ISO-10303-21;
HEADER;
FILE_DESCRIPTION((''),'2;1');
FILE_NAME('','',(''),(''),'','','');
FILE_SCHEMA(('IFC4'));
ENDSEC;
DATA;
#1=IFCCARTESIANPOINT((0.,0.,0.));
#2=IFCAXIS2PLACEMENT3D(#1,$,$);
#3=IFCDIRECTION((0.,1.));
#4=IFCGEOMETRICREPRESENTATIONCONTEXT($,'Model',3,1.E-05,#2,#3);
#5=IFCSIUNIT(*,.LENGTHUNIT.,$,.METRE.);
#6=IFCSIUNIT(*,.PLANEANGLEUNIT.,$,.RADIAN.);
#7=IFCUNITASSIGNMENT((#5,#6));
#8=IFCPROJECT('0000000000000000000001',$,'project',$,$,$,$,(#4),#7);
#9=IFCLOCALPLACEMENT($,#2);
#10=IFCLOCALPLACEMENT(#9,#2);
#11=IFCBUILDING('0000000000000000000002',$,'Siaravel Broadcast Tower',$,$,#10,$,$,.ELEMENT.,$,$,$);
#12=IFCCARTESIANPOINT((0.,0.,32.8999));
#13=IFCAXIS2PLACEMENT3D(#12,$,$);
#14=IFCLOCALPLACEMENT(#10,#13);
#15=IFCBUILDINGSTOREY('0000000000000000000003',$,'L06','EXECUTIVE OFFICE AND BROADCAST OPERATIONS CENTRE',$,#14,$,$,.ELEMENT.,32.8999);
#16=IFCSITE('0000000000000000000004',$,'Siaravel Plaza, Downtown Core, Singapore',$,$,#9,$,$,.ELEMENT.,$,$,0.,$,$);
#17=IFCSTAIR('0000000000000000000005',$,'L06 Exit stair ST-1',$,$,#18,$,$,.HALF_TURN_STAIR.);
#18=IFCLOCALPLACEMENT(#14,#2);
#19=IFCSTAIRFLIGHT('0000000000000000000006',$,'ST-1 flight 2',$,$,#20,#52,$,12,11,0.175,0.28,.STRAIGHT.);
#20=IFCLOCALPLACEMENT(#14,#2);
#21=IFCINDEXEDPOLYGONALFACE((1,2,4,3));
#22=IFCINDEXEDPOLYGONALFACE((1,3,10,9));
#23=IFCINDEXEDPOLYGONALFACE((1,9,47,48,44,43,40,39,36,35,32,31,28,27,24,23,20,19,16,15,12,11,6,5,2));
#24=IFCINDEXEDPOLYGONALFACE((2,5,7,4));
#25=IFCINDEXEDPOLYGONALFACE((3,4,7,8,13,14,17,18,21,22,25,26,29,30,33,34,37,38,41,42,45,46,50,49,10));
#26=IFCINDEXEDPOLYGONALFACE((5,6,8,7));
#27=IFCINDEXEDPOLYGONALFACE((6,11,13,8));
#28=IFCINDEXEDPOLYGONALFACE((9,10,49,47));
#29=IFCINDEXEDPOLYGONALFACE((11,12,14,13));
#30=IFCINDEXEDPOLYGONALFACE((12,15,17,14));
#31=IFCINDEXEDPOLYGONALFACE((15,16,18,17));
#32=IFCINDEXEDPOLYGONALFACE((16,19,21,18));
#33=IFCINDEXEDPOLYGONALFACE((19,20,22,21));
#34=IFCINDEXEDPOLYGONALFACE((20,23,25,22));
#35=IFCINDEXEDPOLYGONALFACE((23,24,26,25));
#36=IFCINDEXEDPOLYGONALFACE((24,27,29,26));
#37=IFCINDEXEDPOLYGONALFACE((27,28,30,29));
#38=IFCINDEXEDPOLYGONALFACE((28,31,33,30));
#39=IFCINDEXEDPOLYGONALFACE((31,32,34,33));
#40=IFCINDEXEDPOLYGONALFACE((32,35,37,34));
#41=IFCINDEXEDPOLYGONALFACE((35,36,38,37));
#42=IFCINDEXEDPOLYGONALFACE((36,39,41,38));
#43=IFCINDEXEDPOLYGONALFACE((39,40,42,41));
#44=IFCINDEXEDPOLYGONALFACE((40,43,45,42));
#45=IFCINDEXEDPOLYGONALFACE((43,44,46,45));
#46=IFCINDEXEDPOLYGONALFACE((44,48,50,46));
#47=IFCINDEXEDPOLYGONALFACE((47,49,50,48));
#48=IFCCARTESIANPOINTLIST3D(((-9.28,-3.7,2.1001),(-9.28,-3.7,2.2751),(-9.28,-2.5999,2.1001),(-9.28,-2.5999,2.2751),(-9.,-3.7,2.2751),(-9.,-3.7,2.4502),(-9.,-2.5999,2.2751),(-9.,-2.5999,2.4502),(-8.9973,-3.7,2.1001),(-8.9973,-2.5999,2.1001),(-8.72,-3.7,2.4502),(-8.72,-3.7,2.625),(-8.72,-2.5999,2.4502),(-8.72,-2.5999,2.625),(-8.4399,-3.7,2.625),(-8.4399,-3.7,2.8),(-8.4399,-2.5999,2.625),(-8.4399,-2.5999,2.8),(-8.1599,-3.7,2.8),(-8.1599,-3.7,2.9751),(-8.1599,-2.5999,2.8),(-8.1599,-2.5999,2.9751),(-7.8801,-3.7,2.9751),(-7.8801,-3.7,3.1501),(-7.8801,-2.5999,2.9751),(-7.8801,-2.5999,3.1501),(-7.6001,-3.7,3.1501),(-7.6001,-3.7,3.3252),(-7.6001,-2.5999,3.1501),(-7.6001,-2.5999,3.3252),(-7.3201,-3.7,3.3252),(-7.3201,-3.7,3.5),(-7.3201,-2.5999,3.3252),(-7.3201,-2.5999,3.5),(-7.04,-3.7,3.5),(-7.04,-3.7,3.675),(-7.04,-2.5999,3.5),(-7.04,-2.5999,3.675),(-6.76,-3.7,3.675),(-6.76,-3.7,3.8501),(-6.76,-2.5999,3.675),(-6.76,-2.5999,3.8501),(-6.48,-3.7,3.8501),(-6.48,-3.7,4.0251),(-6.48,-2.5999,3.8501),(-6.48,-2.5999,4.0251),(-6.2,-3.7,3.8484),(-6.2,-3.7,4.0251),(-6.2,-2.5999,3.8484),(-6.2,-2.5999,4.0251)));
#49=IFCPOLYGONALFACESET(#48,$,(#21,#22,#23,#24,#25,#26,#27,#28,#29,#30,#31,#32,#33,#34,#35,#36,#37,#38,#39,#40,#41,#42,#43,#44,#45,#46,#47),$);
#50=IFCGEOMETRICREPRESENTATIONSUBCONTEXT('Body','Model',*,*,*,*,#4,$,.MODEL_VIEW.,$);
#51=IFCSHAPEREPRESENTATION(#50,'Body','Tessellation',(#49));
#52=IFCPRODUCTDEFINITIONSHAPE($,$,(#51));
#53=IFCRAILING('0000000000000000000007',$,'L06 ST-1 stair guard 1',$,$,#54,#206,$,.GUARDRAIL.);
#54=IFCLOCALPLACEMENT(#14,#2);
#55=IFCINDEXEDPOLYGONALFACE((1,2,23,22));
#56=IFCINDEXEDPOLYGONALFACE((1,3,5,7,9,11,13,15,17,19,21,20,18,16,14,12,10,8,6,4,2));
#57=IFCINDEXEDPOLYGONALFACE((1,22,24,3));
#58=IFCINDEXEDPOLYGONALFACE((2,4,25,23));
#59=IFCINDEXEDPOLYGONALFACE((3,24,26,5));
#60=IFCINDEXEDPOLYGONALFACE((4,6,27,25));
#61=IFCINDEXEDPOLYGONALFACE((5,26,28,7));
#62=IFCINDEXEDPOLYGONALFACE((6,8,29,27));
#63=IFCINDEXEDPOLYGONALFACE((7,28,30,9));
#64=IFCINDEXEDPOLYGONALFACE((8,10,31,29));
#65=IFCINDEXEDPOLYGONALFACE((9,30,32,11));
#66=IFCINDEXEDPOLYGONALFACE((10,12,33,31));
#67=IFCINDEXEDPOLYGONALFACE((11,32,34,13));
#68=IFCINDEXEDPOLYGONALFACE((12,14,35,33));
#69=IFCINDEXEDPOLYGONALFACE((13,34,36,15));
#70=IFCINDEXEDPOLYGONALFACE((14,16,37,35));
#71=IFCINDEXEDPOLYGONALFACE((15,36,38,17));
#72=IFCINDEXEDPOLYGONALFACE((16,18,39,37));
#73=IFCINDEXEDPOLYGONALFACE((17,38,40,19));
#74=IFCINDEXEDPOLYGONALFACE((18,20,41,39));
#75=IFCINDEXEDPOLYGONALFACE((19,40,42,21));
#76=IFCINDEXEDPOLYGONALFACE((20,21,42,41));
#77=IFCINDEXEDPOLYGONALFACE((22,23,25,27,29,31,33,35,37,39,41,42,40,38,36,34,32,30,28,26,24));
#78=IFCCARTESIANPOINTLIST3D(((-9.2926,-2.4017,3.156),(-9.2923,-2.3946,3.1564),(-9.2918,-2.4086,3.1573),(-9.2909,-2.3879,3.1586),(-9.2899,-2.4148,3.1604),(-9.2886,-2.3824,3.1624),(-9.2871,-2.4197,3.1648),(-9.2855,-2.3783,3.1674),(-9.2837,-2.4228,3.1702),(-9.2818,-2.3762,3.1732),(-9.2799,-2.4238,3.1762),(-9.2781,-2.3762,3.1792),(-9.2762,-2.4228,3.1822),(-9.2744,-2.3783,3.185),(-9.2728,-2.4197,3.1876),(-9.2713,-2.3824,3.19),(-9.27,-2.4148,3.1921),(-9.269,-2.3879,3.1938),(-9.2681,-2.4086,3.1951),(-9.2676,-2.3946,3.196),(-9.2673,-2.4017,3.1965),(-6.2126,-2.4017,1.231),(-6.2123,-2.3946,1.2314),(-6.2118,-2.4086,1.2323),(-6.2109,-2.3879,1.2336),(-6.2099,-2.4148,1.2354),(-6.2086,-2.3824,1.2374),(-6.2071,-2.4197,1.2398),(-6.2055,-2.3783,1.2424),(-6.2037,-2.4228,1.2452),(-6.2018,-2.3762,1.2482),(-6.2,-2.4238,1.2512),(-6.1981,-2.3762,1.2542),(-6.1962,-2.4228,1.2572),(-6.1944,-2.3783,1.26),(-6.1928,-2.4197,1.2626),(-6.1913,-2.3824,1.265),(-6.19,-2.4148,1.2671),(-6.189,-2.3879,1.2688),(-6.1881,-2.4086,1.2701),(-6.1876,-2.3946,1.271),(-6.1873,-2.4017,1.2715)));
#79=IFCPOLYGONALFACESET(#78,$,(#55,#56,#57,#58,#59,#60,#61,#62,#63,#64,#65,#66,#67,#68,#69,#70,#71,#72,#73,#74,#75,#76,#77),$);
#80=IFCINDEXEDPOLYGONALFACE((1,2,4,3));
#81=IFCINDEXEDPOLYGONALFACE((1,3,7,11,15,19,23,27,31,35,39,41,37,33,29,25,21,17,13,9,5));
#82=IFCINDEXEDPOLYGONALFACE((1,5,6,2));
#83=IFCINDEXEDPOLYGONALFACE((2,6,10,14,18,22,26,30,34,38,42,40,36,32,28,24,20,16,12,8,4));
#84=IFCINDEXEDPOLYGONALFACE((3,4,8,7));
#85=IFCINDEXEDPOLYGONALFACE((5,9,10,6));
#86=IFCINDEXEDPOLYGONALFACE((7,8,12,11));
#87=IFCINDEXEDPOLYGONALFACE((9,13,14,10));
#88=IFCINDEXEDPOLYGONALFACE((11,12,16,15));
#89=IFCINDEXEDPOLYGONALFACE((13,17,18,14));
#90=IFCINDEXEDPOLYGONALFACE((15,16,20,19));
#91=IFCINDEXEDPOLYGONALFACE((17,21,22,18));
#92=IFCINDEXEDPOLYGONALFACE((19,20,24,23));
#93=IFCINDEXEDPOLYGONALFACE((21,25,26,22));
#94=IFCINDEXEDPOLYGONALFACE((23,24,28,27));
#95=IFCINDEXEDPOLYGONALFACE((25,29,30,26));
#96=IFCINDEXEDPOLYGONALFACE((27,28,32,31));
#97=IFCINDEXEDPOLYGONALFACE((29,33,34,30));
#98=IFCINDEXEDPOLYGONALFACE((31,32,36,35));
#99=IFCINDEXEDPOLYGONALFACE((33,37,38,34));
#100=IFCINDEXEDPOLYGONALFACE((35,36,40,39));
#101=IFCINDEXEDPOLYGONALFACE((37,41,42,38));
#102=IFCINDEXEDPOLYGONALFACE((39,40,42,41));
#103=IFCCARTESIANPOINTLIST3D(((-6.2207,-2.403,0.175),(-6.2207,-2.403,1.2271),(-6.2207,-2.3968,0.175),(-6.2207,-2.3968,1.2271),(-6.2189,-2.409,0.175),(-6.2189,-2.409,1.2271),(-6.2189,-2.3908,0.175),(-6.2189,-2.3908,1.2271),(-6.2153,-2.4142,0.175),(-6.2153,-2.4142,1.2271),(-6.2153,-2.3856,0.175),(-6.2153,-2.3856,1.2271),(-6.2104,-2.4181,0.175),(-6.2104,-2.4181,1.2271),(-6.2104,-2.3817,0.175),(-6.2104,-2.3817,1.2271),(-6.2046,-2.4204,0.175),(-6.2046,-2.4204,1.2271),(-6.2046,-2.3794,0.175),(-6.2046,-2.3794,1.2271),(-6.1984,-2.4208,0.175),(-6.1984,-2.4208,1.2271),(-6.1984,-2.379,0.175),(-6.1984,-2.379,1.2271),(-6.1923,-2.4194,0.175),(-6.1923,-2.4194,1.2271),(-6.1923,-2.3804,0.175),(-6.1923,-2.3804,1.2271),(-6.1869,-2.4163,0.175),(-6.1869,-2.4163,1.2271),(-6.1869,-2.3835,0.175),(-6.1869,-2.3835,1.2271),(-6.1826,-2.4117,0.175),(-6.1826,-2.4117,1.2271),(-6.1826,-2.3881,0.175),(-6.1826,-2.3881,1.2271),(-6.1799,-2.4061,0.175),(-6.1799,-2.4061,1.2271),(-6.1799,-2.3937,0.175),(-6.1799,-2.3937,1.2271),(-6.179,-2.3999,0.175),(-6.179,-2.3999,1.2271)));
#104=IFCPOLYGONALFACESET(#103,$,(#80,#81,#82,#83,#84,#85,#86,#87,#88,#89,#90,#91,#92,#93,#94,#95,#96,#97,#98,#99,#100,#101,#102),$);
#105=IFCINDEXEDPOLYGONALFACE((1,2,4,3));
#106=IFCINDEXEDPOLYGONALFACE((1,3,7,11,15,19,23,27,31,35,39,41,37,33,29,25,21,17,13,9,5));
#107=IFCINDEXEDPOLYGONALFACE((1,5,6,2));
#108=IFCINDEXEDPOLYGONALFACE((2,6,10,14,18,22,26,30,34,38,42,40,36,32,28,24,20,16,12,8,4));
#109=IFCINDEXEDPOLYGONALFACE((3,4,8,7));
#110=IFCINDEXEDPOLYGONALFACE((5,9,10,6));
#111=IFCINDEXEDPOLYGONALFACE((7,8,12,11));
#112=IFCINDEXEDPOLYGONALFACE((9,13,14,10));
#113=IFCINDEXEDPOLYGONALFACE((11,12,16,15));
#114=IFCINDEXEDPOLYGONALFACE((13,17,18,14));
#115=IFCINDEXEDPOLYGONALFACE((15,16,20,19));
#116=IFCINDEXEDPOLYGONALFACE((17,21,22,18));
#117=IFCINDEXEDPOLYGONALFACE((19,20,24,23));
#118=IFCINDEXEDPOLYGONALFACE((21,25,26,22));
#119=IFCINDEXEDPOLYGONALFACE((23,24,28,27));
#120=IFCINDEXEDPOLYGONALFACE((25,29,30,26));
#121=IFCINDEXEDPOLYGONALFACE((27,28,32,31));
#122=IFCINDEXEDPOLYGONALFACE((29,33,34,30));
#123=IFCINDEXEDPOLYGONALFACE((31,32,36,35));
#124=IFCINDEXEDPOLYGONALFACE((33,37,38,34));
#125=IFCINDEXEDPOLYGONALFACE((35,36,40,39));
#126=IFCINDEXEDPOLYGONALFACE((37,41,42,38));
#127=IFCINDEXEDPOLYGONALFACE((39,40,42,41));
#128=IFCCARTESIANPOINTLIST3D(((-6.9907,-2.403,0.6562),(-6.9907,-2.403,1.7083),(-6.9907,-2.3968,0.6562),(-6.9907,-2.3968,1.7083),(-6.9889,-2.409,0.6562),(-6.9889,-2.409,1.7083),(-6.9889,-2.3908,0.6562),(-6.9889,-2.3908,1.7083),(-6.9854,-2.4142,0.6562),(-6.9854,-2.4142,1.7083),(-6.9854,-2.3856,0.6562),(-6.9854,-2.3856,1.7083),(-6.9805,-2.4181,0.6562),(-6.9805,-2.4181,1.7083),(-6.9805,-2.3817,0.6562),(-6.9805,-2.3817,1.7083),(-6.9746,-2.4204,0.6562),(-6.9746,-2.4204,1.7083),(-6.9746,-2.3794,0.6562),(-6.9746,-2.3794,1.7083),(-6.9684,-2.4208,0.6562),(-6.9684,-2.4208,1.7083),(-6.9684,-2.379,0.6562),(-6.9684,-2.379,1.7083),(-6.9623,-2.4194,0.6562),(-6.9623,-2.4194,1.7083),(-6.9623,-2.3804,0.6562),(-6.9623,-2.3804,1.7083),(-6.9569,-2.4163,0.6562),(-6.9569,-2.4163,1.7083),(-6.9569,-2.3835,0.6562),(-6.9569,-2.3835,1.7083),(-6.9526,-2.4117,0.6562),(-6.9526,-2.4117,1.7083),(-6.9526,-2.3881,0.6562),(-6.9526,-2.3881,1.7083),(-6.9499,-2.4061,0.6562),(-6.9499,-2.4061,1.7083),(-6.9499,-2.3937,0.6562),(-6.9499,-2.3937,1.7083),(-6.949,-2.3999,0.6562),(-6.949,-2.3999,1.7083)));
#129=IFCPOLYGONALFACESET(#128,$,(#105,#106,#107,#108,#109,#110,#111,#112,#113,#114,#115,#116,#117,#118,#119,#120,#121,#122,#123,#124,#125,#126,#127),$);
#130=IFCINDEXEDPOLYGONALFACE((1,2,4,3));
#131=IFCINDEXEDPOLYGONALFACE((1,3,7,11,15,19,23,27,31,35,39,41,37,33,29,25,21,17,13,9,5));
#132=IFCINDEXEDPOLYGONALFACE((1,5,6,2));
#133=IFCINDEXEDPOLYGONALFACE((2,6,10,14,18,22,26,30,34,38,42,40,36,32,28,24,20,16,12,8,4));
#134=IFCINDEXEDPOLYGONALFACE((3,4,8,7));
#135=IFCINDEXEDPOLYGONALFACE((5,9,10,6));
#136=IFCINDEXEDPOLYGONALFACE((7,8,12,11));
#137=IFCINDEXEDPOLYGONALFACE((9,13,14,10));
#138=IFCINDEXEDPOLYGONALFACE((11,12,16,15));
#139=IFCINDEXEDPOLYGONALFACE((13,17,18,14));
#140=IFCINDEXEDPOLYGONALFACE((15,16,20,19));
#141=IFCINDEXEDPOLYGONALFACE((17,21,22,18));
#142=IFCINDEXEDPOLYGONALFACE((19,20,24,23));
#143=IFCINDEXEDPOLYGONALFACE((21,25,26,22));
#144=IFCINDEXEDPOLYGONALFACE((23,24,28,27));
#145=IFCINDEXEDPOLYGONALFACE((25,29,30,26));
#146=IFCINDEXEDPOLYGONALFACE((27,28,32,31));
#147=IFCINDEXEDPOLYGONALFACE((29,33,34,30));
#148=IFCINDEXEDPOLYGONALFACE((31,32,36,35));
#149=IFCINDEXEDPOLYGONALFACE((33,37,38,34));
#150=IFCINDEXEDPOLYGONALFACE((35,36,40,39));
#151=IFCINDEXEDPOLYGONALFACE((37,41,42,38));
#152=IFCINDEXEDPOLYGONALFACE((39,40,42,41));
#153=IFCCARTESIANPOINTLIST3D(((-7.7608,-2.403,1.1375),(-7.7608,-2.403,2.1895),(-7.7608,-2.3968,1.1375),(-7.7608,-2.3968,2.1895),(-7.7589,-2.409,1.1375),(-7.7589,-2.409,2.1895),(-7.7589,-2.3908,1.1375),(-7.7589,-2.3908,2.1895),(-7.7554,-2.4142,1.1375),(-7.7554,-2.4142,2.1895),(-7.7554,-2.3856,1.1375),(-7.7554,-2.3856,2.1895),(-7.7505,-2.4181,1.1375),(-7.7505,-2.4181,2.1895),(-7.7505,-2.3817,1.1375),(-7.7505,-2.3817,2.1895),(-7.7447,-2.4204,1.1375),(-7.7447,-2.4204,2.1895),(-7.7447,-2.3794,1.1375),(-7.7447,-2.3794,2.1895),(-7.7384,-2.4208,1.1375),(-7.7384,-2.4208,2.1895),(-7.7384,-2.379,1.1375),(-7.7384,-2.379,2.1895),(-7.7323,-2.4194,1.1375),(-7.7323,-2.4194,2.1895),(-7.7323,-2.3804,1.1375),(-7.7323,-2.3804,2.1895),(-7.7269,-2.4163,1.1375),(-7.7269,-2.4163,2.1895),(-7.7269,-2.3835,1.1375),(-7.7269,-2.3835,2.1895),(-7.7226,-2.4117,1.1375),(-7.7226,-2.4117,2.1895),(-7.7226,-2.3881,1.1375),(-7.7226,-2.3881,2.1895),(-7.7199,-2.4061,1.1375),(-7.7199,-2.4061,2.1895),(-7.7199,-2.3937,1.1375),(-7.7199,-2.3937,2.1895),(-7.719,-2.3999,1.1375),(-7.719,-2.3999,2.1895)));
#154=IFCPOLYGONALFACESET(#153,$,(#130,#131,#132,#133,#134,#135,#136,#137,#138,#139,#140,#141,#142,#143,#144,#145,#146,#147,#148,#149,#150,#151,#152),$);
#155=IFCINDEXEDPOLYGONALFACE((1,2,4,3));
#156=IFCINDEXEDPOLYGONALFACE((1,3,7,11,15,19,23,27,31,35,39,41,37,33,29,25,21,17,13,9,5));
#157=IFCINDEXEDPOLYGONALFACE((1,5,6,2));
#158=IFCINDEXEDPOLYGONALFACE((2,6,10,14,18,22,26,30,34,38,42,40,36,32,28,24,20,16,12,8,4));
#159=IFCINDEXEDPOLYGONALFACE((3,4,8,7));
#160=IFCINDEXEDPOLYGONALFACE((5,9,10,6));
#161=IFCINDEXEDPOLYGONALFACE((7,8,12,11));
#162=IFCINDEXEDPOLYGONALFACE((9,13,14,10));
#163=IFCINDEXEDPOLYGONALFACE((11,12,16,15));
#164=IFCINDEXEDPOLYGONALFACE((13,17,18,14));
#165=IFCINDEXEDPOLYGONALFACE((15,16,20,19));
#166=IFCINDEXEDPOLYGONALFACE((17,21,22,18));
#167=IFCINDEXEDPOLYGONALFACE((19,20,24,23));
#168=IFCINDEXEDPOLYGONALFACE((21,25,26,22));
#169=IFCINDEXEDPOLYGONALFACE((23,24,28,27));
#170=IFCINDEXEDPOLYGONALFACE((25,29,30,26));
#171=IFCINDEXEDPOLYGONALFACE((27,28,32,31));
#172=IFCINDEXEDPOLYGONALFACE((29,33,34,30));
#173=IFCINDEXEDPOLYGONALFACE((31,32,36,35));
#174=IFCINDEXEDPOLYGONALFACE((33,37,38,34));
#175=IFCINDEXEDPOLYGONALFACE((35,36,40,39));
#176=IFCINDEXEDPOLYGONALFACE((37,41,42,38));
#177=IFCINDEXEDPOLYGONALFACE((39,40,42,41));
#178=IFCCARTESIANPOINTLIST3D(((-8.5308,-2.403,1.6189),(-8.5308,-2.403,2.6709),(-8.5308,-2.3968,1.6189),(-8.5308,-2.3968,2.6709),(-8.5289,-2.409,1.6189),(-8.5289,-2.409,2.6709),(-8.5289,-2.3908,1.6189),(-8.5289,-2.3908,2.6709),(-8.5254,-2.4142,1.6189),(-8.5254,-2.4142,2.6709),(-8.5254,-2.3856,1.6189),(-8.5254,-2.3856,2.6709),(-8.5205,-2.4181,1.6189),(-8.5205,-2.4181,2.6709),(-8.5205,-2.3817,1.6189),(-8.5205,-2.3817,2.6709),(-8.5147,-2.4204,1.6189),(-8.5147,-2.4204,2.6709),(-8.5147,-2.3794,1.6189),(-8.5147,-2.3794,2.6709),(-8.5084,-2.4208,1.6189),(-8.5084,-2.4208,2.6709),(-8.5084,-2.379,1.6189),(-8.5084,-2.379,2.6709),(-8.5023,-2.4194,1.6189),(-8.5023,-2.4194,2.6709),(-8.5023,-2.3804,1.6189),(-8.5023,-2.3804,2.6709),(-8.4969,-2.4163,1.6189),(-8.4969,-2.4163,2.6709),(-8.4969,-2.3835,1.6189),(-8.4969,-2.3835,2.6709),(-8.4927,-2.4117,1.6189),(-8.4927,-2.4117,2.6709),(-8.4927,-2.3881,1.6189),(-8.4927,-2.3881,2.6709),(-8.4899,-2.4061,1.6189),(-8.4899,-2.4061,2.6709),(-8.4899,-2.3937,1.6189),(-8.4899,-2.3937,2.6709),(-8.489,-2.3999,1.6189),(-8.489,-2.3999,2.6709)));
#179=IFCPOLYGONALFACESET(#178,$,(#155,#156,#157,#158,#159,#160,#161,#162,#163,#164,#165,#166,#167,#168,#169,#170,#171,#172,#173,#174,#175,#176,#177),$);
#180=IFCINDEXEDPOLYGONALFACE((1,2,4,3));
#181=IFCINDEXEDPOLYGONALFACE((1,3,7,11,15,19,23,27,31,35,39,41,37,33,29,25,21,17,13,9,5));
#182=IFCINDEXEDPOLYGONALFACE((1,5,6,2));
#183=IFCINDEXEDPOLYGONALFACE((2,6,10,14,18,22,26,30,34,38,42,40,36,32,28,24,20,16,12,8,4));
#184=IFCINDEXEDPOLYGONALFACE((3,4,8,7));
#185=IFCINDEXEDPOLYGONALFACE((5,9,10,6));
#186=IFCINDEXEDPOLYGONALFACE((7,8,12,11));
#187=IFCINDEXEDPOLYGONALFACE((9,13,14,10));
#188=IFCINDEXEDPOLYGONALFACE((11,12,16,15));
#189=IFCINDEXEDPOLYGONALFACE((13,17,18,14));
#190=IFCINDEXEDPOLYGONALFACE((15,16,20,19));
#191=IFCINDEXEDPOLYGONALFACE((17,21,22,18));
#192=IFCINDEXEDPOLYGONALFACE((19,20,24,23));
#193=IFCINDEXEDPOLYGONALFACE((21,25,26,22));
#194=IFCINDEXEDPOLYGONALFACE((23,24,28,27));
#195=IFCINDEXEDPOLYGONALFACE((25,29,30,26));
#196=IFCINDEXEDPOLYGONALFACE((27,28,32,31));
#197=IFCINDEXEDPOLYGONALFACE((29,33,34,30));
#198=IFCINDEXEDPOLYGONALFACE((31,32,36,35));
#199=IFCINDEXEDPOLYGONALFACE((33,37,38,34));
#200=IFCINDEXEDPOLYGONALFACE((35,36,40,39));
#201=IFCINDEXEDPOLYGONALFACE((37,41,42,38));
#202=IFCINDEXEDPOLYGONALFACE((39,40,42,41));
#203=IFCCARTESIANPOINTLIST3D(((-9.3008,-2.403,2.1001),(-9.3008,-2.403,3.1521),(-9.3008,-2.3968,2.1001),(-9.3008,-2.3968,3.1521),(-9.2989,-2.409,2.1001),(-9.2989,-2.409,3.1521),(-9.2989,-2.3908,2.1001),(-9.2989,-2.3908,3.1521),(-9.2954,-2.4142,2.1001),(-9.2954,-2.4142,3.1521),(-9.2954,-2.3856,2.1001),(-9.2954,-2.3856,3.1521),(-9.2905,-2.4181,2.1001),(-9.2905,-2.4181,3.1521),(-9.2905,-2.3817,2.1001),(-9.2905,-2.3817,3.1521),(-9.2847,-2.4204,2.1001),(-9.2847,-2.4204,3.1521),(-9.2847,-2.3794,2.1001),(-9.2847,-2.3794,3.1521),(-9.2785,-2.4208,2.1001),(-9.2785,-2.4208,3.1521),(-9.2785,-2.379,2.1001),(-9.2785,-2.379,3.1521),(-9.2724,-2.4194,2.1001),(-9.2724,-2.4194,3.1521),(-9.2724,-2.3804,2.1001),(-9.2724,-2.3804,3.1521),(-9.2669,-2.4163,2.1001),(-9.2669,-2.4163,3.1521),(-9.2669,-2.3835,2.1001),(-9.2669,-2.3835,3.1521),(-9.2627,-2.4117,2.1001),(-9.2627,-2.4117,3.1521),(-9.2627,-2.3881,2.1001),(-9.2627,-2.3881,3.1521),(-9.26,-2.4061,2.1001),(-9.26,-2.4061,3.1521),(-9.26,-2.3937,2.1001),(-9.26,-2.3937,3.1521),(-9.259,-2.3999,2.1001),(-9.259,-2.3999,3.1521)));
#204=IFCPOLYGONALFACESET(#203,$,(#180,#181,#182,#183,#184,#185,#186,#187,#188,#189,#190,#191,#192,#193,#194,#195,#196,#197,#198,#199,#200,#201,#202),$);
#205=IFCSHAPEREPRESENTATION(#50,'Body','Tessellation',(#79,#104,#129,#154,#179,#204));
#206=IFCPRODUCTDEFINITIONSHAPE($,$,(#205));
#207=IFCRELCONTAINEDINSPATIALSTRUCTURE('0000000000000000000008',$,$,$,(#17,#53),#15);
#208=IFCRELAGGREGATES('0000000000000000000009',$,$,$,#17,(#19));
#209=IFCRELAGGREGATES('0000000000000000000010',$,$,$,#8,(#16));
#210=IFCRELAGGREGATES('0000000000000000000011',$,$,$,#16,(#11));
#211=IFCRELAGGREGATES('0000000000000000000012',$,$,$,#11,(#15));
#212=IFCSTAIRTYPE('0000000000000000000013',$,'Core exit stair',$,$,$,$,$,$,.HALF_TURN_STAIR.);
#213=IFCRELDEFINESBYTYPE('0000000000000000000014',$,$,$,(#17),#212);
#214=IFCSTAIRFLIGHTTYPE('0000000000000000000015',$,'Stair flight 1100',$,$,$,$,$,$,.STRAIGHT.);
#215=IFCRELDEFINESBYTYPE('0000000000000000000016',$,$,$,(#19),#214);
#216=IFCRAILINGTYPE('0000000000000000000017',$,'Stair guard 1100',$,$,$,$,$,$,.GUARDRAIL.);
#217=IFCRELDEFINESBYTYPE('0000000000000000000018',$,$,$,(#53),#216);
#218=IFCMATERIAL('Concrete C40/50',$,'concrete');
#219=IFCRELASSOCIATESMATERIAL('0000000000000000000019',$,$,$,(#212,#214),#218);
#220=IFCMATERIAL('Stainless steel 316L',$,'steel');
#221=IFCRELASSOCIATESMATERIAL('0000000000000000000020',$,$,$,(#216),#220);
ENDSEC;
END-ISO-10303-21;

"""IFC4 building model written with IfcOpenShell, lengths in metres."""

from ifc_helpers import new_model, si_unit, direction, frame, origin, origin_2d, place, context, subcontext, project, spatial, polyline, circle, outline, extrude, material, type_object, element, aggregate, save


model = new_model("IFC4")

# Units and contexts
model_context = context("Model", 3, precision=1e-05, world=origin(), true_north=direction((0.0, 1.0)))
body_context = subcontext(model_context, "Body", "Model", "MODEL_VIEW")
ifc_project = project(units=[si_unit("LENGTHUNIT", "METRE"), si_unit("PLANEANGLEUNIT", "RADIAN")], contexts=[model_context])

# Site, building, storey
site_placement = place(None, origin())
site = spatial("IfcSite", under=ifc_project, at=site_placement, Name="Siaravel Plaza, Downtown Core, Singapore", CompositionType="ELEMENT", RefElevation=0.0)
building_placement = place(site_placement, origin())
building = spatial("IfcBuilding", under=site, at=building_placement, Name="Siaravel Broadcast Tower", CompositionType="ELEMENT")
storey_placement = place(building_placement, frame((0.0, 0.0, 32.8999)))
storey = spatial("IfcBuildingStorey", under=building, at=storey_placement, Name="L06", Description="EXECUTIVE OFFICE AND BROADCAST OPERATIONS CENTRE", CompositionType="ELEMENT", Elevation=32.8999)

# Stair, stair flight
ifc_material_1 = material(Name="Concrete C40/50", Category="concrete")
stair_type = type_object("IfcStairType", Name="Core exit stair", PredefinedType="HALF_TURN_STAIR", material=ifc_material_1)
stair_placement = place(storey_placement, origin())
stair = element("IfcStair", 1, at=stair_placement, inside=storey, type_object=stair_type, Name="L06 Exit stair ST-1", PredefinedType="HALF_TURN_STAIR")
stair_flight_type = type_object("IfcStairFlightType", Name="Stair flight 1100", PredefinedType="STRAIGHT", material=ifc_material_1)
stair_flight_1_placement = place(storey_placement, frame((-9.28, -3.1499, 2.1001), z_axis=(0.0, 0.0, 1.0), x_axis=(1.0, 0.0, 0.0)))
stair_flight_1 = element("IfcStairFlight", 2, at=stair_flight_1_placement, type_object=stair_flight_type, Name="ST-1 flight 2", NumberOfRisers=12, NumberOfTreads=11, PredefinedType="STRAIGHT", RiserHeight=0.175, TreadLength=0.28, context=body_context, shape_type="SweptSolid", body=[
    extrude(outline(polyline([(0.0, 0.0), (0.0, 0.175), (0.28, 0.175), (0.28, 0.3501), (0.5601, 0.3501), (0.5601, 0.5249), (0.8401, 0.5249), (0.8401, 0.7), (1.1201, 0.7), (1.1201, 0.875), (1.3999, 0.875), (1.3999, 1.05), (1.6799, 1.05), (1.6799, 1.2251), (1.96, 1.2251), (1.96, 1.3999), (2.24, 1.3999), (2.24, 1.575), (2.52, 1.575), (2.52, 1.75), (2.8, 1.75), (2.8, 1.925), (3.0801, 1.925), (3.0801, 2.1001), (3.0801, 1.7483), (0.2827, 0.0), (0.0, 0.0)])), frame((0.0, 0.55, 0.0), z_axis=(0.0, -1.0, 0.0), x_axis=(1.0, 0.0, 0.0)), (0.0, 0.0, 1.0), 1.1001),
])
aggregate(stair, [stair_flight_1])

# Railing
ifc_material_2 = material(Name="Stainless steel 316L", Category="steel")
railing_type_1 = type_object("IfcRailingType", Name="Stair guard 1100", PredefinedType="GUARDRAIL", material=ifc_material_2)
railing_1_placement = place(storey_placement, frame((-6.2, -2.3999, 0.175)))
element("IfcRailing", 3, at=railing_1_placement, inside=storey, type_object=railing_type_1, Name="L06 ST-1 stair guard 1", PredefinedType="GUARDRAIL", context=body_context, shape_type="SweptSolid", body=[
    extrude(circle(Radius=0.0239, at=origin_2d()), frame((0.0, 0.0, 1.0762), z_axis=(-0.847998, 0.0, 0.529999), x_axis=(0.0, -1.0, 0.0)), (0.0, 0.0, 1.0), 3.6321),
    extrude(circle(Radius=0.021, at=origin_2d()), origin(), (0.0, 0.0, 1.0), 1.052),
    extrude(circle(Radius=0.021, at=origin_2d()), frame((-0.77, 0.0, 0.4812)), (0.0, 0.0, 1.0), 1.052),
    extrude(circle(Radius=0.021, at=origin_2d()), frame((-1.54, 0.0, 0.9624)), (0.0, 0.0, 1.0), 1.052),
    extrude(circle(Radius=0.021, at=origin_2d()), frame((-2.3101, 0.0, 1.4438)), (0.0, 0.0, 1.0), 1.052),
    extrude(circle(Radius=0.021, at=origin_2d()), frame((-3.0801, 0.0, 1.925)), (0.0, 0.0, 1.0), 1.052),
])

save(model, "model.ifc")
